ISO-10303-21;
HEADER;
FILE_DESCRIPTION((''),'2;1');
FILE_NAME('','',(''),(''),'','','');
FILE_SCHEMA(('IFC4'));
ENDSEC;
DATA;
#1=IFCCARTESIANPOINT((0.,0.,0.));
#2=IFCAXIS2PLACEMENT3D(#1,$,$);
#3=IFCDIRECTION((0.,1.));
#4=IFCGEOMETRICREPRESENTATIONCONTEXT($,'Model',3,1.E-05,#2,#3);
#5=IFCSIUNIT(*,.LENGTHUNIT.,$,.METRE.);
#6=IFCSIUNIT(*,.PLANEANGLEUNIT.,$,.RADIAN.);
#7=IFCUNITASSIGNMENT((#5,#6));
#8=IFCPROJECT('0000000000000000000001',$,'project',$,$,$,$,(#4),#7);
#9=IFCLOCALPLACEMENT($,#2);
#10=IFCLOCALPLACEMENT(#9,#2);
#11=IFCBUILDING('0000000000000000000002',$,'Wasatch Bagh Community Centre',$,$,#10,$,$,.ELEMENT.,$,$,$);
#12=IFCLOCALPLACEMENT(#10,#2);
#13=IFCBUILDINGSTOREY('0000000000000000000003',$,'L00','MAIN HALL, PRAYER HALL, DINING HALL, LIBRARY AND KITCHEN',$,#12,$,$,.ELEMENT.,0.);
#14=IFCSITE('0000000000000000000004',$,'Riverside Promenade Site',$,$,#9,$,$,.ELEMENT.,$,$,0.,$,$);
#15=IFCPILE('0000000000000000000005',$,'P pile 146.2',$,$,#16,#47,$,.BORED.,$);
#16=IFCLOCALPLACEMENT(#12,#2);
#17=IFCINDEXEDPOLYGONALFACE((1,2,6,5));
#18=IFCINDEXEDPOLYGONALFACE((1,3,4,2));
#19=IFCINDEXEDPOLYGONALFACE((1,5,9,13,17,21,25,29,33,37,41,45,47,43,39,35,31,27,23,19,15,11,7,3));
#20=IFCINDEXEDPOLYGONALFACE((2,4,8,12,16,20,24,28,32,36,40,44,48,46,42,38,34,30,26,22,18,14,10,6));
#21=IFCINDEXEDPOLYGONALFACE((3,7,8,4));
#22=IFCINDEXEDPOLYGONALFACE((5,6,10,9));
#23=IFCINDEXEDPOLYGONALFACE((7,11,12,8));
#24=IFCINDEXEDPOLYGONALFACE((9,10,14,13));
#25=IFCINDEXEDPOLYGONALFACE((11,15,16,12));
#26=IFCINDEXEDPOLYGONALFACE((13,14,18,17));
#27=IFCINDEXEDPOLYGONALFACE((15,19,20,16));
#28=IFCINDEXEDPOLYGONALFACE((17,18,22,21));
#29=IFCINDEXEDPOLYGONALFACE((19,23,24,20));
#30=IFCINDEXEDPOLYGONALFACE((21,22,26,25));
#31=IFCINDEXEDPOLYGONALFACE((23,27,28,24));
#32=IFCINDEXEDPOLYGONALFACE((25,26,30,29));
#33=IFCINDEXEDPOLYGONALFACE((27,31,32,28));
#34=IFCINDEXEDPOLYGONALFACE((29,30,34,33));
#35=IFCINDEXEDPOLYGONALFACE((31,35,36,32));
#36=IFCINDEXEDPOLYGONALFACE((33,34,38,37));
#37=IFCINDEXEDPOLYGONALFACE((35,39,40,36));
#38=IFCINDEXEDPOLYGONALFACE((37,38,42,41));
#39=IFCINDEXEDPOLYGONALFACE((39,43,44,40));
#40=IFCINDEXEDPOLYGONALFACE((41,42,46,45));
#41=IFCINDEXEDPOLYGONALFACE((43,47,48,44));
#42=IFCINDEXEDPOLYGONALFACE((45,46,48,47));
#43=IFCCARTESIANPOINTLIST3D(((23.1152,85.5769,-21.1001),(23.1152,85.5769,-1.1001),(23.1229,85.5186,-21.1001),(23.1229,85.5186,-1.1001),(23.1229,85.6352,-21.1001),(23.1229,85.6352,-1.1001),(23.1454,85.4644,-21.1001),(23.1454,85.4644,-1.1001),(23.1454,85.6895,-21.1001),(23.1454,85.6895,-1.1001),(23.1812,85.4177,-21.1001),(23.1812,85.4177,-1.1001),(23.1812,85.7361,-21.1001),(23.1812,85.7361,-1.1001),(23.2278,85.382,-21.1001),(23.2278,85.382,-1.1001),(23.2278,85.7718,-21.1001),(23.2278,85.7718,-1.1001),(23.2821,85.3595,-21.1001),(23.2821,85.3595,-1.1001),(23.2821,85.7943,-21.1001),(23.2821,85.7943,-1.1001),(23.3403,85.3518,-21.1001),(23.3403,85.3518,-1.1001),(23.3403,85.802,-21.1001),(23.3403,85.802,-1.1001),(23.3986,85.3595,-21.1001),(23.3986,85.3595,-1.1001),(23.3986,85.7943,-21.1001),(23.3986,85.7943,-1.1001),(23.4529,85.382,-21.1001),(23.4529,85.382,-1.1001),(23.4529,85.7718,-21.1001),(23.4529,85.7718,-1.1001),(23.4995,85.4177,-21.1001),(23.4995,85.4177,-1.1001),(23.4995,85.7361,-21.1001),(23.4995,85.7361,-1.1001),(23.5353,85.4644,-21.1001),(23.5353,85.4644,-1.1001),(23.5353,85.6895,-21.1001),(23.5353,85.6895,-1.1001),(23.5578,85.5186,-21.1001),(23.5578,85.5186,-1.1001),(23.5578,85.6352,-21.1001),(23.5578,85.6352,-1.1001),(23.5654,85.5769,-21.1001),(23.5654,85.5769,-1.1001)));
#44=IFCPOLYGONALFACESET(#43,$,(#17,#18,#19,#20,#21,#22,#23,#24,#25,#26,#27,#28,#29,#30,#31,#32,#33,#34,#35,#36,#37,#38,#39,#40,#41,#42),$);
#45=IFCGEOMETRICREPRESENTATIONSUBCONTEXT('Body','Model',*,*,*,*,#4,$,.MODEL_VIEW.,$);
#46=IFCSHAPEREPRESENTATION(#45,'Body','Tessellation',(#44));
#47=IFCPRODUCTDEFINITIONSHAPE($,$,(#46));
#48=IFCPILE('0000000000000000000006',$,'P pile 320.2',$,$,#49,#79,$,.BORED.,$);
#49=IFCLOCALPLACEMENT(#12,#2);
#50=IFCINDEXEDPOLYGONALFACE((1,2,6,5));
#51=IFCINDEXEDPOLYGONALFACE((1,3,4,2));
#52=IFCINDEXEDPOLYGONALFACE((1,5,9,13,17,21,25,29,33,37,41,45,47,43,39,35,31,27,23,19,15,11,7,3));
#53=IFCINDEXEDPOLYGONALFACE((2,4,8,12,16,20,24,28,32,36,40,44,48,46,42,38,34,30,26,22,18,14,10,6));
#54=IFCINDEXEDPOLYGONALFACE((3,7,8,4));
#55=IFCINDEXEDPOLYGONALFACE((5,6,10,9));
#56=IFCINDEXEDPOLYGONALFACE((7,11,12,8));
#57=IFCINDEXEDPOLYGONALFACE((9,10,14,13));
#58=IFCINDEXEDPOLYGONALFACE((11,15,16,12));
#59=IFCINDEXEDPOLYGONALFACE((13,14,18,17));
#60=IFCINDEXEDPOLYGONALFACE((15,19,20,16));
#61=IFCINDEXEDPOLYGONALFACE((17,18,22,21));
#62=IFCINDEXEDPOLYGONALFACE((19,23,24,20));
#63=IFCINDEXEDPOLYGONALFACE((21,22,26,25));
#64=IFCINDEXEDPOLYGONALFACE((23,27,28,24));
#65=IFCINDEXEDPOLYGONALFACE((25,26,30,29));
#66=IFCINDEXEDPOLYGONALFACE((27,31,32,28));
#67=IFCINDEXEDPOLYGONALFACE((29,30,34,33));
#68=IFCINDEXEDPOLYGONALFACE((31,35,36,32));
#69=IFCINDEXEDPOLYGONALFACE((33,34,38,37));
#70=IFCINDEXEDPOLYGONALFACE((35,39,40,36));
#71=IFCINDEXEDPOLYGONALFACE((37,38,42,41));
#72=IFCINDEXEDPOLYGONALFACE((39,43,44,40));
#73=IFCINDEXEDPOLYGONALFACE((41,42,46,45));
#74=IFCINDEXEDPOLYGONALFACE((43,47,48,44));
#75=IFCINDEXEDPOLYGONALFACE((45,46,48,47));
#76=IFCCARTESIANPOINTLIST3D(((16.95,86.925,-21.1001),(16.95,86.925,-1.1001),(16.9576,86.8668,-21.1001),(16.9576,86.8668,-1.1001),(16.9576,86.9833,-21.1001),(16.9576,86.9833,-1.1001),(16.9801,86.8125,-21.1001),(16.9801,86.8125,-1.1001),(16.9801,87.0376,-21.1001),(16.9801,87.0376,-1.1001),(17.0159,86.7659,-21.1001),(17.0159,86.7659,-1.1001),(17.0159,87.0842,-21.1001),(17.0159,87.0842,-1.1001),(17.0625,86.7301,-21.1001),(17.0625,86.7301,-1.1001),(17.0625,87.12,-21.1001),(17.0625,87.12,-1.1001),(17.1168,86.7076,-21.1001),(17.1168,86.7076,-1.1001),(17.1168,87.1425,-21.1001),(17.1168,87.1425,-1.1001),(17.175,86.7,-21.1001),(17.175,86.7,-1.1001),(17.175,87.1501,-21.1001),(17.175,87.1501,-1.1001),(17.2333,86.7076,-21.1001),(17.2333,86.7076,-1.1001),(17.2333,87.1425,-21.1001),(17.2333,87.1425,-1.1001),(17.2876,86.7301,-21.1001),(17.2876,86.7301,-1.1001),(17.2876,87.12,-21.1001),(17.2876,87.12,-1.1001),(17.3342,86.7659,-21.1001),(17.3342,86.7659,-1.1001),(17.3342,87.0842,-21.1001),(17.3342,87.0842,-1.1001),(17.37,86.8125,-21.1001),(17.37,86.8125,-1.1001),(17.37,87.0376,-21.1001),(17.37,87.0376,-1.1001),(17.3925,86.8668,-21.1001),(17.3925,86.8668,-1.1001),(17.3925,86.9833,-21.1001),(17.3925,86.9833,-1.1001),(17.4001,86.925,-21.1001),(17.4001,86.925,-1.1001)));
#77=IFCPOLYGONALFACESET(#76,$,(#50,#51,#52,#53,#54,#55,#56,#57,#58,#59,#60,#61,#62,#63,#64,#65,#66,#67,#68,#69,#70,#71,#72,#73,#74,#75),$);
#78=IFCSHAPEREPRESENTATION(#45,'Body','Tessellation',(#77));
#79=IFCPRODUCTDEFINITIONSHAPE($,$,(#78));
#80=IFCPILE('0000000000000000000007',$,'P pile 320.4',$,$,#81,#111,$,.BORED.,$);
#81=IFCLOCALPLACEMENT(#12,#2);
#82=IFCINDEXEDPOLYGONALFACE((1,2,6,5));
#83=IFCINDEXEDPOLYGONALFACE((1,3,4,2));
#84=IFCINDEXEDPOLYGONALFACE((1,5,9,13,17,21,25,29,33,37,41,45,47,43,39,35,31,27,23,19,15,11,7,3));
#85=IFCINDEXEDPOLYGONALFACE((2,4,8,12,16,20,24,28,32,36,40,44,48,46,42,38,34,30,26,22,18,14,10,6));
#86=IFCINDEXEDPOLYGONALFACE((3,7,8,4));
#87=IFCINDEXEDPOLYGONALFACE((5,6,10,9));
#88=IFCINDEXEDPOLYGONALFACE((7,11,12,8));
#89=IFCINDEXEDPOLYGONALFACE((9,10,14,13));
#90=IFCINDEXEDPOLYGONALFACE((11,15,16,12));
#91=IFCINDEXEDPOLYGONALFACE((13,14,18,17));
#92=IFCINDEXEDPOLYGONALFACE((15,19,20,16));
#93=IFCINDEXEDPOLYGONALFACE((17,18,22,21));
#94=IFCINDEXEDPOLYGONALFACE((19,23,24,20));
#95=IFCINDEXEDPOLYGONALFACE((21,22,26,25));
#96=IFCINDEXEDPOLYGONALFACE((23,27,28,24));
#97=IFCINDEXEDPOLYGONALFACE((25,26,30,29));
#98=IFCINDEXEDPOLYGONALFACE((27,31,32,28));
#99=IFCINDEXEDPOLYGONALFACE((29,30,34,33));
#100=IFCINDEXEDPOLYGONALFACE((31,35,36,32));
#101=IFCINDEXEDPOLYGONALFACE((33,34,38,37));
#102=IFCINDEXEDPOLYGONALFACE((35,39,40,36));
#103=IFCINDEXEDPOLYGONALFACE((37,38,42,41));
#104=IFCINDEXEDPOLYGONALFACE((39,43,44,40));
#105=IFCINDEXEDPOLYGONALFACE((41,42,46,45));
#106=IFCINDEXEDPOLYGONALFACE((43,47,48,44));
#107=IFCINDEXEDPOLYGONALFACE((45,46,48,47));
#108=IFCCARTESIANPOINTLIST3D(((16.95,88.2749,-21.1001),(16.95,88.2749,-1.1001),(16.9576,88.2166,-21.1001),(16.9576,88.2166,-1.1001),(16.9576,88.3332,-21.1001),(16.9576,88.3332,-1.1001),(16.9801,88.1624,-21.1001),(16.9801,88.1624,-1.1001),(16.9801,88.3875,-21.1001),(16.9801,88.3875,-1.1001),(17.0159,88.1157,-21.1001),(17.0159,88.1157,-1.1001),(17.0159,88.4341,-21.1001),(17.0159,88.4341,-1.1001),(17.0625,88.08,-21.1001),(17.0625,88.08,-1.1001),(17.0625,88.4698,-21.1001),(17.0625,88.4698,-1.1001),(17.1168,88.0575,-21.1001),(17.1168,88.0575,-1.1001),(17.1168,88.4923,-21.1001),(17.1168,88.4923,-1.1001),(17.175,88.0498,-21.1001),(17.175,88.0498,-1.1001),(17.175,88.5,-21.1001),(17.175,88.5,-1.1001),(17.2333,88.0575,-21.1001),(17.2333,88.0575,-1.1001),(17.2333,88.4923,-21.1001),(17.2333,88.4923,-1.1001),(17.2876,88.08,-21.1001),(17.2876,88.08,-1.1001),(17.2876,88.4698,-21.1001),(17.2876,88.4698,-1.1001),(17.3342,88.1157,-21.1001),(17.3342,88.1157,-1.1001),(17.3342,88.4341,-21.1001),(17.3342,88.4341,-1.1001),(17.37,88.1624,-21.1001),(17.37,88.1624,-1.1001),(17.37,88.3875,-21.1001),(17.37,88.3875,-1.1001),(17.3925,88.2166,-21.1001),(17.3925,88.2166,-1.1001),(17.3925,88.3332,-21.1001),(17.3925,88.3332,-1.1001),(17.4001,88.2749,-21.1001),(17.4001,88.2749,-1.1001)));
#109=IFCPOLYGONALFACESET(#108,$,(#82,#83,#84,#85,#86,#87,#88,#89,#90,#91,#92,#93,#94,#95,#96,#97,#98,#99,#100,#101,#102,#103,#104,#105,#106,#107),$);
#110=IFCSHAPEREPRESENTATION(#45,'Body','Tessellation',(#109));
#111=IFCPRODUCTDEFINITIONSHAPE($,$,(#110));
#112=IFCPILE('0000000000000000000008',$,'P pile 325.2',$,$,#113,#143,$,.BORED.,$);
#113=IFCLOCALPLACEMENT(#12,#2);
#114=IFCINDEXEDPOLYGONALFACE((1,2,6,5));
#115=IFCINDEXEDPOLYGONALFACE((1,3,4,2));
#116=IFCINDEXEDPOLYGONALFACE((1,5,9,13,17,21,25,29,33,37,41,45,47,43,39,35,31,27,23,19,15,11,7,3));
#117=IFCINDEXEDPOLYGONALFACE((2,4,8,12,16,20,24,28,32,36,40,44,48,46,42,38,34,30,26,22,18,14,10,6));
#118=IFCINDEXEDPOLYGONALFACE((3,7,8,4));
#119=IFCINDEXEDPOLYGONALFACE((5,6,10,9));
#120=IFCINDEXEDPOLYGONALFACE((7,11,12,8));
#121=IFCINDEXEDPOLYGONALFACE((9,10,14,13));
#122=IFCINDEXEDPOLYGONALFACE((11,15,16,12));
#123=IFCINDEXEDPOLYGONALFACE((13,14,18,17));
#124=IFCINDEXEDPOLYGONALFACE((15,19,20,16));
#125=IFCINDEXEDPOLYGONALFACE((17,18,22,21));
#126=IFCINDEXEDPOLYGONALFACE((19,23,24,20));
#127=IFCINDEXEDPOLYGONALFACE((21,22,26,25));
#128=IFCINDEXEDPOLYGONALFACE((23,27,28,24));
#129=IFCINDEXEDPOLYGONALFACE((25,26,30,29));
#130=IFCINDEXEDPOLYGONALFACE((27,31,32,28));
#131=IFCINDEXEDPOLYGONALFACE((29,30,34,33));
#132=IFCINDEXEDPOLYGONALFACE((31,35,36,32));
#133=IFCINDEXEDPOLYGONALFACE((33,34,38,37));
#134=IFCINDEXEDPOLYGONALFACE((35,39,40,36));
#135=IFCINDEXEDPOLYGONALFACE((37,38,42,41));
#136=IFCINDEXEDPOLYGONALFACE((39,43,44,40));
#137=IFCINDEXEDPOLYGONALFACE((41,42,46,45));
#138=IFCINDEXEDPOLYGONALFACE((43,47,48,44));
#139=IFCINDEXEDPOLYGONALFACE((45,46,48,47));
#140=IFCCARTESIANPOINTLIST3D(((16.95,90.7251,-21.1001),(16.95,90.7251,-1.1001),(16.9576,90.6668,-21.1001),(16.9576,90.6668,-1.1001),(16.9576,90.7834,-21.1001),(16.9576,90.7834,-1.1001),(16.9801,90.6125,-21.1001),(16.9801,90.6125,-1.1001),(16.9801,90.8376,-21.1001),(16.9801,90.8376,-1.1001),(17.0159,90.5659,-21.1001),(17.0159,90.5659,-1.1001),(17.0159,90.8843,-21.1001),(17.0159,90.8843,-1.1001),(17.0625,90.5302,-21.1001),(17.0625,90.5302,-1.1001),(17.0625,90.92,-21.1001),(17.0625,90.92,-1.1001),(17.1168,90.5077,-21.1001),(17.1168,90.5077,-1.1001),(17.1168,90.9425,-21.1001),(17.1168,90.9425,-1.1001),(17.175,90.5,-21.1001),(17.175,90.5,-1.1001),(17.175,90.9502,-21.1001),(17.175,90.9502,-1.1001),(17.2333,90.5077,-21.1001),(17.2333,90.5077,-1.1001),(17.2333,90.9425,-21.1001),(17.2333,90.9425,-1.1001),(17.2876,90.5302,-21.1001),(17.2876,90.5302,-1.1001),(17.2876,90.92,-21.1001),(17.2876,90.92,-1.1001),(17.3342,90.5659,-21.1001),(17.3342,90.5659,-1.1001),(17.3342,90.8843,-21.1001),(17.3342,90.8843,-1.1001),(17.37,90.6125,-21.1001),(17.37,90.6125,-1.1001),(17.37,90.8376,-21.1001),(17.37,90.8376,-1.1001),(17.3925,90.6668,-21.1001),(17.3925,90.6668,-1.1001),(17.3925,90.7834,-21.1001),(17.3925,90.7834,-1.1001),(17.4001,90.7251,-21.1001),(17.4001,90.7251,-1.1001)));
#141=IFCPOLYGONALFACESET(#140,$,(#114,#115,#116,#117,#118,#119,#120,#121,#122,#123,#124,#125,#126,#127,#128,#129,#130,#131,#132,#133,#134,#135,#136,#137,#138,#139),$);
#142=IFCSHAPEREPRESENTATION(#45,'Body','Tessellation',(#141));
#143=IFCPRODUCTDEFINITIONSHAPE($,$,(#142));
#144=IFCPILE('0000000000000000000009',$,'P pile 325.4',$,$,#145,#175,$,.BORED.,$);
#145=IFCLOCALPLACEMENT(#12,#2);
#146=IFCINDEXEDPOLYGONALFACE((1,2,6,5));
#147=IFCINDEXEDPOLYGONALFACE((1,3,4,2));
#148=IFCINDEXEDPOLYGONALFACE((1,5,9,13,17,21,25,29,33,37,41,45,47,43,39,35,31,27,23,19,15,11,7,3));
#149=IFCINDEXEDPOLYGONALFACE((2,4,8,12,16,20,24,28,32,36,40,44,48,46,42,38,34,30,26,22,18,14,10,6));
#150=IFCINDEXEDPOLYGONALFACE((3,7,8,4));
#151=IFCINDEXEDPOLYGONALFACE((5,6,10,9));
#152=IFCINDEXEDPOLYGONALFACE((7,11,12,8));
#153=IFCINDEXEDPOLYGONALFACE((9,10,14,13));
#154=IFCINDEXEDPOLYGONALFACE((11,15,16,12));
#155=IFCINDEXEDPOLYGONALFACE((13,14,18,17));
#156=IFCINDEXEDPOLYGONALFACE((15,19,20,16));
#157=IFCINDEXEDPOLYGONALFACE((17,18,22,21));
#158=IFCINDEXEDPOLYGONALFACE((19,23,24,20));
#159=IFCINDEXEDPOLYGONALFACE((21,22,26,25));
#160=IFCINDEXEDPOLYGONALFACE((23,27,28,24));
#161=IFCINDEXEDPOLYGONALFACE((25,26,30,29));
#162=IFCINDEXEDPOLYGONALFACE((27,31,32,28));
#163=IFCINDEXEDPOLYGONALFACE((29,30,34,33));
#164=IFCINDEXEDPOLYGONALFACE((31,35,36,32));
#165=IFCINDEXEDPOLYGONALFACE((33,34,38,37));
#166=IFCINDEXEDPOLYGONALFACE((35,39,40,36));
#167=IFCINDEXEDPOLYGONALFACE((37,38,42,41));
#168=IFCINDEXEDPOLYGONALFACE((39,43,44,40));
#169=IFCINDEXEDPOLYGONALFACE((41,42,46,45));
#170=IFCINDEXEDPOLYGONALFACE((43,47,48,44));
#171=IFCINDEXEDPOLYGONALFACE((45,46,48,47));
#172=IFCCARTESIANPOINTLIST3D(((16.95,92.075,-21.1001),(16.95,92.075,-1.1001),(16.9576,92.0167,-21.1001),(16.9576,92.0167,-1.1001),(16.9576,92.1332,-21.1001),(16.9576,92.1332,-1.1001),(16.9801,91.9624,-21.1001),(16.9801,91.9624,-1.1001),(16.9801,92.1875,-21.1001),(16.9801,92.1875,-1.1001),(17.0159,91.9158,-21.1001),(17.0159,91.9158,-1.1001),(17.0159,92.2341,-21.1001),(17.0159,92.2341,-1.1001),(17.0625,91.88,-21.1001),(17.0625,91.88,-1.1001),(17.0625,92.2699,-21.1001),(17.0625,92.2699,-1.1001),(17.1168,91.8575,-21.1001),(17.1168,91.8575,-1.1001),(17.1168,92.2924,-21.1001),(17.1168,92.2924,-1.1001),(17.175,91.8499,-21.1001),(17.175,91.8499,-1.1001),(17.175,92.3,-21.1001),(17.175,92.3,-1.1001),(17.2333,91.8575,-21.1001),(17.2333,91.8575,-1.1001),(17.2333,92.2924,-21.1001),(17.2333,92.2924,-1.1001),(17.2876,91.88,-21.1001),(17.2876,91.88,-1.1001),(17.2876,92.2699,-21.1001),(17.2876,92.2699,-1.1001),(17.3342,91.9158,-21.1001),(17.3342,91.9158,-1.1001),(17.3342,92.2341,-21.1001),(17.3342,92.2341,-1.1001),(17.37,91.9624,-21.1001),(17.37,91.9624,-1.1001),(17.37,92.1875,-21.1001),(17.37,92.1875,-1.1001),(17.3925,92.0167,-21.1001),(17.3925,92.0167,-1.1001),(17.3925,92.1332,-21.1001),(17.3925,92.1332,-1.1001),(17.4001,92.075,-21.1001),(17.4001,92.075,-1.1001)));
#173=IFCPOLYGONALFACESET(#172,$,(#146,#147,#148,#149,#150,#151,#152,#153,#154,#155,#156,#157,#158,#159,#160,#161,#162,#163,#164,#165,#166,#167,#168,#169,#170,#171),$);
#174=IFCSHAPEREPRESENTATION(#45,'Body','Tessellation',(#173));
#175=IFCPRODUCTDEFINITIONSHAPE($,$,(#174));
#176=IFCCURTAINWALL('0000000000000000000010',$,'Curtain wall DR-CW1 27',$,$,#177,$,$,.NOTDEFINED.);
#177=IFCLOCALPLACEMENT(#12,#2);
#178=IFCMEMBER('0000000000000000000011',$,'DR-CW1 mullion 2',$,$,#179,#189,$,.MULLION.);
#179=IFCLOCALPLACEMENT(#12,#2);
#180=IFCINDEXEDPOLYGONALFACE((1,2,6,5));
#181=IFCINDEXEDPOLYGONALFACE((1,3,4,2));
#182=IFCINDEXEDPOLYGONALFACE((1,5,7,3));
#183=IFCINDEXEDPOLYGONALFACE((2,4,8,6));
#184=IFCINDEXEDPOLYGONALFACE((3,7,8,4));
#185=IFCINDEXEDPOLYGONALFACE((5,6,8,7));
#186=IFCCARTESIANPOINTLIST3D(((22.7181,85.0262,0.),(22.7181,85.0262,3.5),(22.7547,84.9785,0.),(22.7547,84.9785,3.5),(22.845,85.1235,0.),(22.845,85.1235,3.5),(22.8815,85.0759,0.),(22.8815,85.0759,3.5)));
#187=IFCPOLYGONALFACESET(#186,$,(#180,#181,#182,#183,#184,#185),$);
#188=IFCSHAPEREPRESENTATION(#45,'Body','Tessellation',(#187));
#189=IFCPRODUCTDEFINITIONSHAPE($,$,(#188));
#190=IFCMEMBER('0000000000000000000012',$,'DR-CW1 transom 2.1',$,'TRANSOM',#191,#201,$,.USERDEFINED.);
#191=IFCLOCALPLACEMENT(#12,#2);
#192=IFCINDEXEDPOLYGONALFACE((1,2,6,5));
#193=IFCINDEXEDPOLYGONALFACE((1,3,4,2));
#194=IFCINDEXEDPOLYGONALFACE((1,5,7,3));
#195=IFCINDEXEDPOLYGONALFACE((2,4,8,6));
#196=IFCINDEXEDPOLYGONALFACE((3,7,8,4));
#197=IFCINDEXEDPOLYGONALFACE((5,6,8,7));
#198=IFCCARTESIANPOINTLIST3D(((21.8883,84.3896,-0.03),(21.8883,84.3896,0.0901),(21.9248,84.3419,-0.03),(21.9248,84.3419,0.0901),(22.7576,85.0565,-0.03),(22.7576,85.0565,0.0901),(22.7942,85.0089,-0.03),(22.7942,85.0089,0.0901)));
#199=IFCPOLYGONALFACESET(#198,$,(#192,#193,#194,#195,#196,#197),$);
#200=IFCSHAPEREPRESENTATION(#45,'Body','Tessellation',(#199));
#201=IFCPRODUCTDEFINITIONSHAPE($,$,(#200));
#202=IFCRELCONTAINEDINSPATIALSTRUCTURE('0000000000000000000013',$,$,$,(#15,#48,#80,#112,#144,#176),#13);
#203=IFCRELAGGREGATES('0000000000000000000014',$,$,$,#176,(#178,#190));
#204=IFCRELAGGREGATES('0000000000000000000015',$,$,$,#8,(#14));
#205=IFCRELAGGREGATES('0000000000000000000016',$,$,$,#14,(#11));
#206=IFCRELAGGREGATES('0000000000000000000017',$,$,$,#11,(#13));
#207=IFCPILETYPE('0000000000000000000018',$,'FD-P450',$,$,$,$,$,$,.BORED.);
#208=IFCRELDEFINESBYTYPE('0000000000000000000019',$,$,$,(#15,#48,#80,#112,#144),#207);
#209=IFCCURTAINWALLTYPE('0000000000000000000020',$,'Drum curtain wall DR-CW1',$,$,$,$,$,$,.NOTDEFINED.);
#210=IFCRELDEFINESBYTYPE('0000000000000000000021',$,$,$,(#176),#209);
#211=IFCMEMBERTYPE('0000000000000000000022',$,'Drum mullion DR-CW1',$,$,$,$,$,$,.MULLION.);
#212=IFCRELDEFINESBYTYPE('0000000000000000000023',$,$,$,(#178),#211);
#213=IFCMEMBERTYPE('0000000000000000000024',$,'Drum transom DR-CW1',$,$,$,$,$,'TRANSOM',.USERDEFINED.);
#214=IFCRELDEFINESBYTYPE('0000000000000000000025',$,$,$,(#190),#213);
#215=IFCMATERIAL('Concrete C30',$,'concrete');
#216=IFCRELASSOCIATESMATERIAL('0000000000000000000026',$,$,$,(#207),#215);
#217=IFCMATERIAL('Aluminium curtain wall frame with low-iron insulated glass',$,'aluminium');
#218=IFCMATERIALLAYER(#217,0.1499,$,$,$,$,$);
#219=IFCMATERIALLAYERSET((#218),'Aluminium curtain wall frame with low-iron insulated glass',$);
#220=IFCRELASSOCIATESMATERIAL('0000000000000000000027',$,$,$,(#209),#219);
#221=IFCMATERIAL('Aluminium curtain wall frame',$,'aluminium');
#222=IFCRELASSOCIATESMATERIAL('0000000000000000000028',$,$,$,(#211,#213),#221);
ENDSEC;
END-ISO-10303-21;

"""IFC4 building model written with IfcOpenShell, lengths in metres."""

from ifc_helpers import new_model, si_unit, direction, frame, origin, origin_2d, place, context, subcontext, project, spatial, rectangle, circle, extrude, material, layer, layer_set, material_profile, profile_set, type_object, element, aggregate, save


model = new_model("IFC4")

# Units and contexts
model_context = context("Model", 3, precision=1e-05, world=origin(), true_north=direction((0.0, 1.0)))
body_context = subcontext(model_context, "Body", "Model", "MODEL_VIEW")
ifc_project = project(units=[si_unit("LENGTHUNIT", "METRE"), si_unit("PLANEANGLEUNIT", "RADIAN")], contexts=[model_context])

# Site, building, storey
site_placement = place(None, origin())
site = spatial("IfcSite", under=ifc_project, at=site_placement, Name="Riverside Promenade Site", CompositionType="ELEMENT", RefElevation=0.0)
building_placement = place(site_placement, origin())
building = spatial("IfcBuilding", under=site, at=building_placement, Name="Wasatch Bagh Community Centre", CompositionType="ELEMENT")
storey_placement = place(building_placement, origin())
storey = spatial("IfcBuildingStorey", under=building, at=storey_placement, Name="L00", Description="MAIN HALL, PRAYER HALL, DINING HALL, LIBRARY AND KITCHEN", CompositionType="ELEMENT", Elevation=0.0)

# Piles
ifc_material_1 = material(Name="Concrete C30", Category="concrete")
ifc_material_profile_1 = material_profile(ifc_material_1, circle(Radius=0.2251, at=origin_2d()), Name="RC D450")
ifc_profile_set_1 = profile_set([ifc_material_profile_1], Name="Concrete C30")
pile_type = type_object("IfcPileType", Name="FD-P450", PredefinedType="BORED", material=ifc_profile_set_1)
for number, where, z_axis, x_axis, name in (
    (1, (23.3403, 85.5769, -1.1001), (0.0, 0.0, -1.0), (1.0, 0.0, 0.0), "P pile 146.2"),
    (2, (17.175, 86.925, -1.1001), (0.0, 0.0, -1.0), (1.0, 0.0, 0.0), "P pile 320.2"),
    (3, (17.175, 88.2749, -1.1001), (0.0, 0.0, -1.0), (1.0, 0.0, 0.0), "P pile 320.4"),
    (4, (17.175, 90.7251, -1.1001), (0.0, 0.0, -1.0), (1.0, 0.0, 0.0), "P pile 325.2"),
    (5, (17.175, 92.075, -1.1001), (0.0, 0.0, -1.0), (1.0, 0.0, 0.0), "P pile 325.4"),
):
    element("IfcPile", number, at=place(storey_placement, frame(where, z_axis=z_axis, x_axis=x_axis)), inside=storey, type_object=pile_type, Name=name, PredefinedType="BORED", context=body_context, shape_type="SweptSolid", body=[
        extrude(circle(Radius=0.2251, at=origin_2d()), origin(), (0.0, 0.0, 1.0), 20.0),
    ])

# Curtain wall, members
ifc_material_2 = material(Name="Aluminium curtain wall frame with low-iron insulated glass", Category="aluminium")
ifc_layer_1 = layer(ifc_material_2, 0.1499)
ifc_layer_set_1 = layer_set([ifc_layer_1], Name="Aluminium curtain wall frame with low-iron insulated glass")
curtain_wall_type = type_object("IfcCurtainWallType", Name="Drum curtain wall DR-CW1", PredefinedType="NOTDEFINED", material=ifc_layer_set_1)
curtain_wall_placement = place(storey_placement, origin())
curtain_wall = element("IfcCurtainWall", 6, at=curtain_wall_placement, inside=storey, type_object=curtain_wall_type, Name="Curtain wall DR-CW1 27", PredefinedType="NOTDEFINED")
ifc_material_3 = material(Name="Aluminium curtain wall frame", Category="aluminium")
ifc_material_profile_2 = material_profile(ifc_material_3, rectangle(XDim=0.0601, YDim=0.1599, at=origin_2d()), Name="Drum mullion DR-CW1")
ifc_profile_set_2 = profile_set([ifc_material_profile_2], Name="Aluminium curtain wall frame")
member_type_1 = type_object("IfcMemberType", Name="Drum mullion DR-CW1", PredefinedType="MULLION", material=ifc_profile_set_2)
member_1_placement = place(storey_placement, frame((22.7998, 85.051, 0.0), z_axis=(0.0, 0.0, 1.0), x_axis=(0.608761, -0.793353, 0.0)))
member_1 = element("IfcMember", 7, at=member_1_placement, type_object=member_type_1, Name="DR-CW1 mullion 2", PredefinedType="MULLION", context=body_context, shape_type="SweptSolid", body=[
    extrude(rectangle(XDim=0.0601, YDim=0.1599, at=origin_2d()), origin(), (0.0, 0.0, 1.0), 3.5),
])
ifc_material_profile_3 = material_profile(ifc_material_3, rectangle(XDim=0.0601, YDim=0.1201, at=origin_2d()), Name="Drum transom DR-CW1")
ifc_profile_set_3 = profile_set([ifc_material_profile_3], Name="Aluminium curtain wall frame")
member_type_2 = type_object("IfcMemberType", Name="Drum transom DR-CW1", ElementType="TRANSOM", PredefinedType="USERDEFINED", material=ifc_profile_set_3)
member_2_placement = place(storey_placement, frame((22.7759, 85.0327, 0.03), z_axis=(-0.793402, -0.608698, 0.0), x_axis=(0.608698, -0.793402, 0.0)))
member_2 = element("IfcMember", 8, at=member_2_placement, type_object=member_type_2, Name="DR-CW1 transom 2.1", ObjectType="TRANSOM", PredefinedType="USERDEFINED", context=body_context, shape_type="SweptSolid", body=[
    extrude(rectangle(XDim=0.0601, YDim=0.1201, at=origin_2d()), origin(), (0.0, 0.0, 1.0), 1.0957),
])
aggregate(curtain_wall, [member_1, member_2])

save(model, "model.ifc")
